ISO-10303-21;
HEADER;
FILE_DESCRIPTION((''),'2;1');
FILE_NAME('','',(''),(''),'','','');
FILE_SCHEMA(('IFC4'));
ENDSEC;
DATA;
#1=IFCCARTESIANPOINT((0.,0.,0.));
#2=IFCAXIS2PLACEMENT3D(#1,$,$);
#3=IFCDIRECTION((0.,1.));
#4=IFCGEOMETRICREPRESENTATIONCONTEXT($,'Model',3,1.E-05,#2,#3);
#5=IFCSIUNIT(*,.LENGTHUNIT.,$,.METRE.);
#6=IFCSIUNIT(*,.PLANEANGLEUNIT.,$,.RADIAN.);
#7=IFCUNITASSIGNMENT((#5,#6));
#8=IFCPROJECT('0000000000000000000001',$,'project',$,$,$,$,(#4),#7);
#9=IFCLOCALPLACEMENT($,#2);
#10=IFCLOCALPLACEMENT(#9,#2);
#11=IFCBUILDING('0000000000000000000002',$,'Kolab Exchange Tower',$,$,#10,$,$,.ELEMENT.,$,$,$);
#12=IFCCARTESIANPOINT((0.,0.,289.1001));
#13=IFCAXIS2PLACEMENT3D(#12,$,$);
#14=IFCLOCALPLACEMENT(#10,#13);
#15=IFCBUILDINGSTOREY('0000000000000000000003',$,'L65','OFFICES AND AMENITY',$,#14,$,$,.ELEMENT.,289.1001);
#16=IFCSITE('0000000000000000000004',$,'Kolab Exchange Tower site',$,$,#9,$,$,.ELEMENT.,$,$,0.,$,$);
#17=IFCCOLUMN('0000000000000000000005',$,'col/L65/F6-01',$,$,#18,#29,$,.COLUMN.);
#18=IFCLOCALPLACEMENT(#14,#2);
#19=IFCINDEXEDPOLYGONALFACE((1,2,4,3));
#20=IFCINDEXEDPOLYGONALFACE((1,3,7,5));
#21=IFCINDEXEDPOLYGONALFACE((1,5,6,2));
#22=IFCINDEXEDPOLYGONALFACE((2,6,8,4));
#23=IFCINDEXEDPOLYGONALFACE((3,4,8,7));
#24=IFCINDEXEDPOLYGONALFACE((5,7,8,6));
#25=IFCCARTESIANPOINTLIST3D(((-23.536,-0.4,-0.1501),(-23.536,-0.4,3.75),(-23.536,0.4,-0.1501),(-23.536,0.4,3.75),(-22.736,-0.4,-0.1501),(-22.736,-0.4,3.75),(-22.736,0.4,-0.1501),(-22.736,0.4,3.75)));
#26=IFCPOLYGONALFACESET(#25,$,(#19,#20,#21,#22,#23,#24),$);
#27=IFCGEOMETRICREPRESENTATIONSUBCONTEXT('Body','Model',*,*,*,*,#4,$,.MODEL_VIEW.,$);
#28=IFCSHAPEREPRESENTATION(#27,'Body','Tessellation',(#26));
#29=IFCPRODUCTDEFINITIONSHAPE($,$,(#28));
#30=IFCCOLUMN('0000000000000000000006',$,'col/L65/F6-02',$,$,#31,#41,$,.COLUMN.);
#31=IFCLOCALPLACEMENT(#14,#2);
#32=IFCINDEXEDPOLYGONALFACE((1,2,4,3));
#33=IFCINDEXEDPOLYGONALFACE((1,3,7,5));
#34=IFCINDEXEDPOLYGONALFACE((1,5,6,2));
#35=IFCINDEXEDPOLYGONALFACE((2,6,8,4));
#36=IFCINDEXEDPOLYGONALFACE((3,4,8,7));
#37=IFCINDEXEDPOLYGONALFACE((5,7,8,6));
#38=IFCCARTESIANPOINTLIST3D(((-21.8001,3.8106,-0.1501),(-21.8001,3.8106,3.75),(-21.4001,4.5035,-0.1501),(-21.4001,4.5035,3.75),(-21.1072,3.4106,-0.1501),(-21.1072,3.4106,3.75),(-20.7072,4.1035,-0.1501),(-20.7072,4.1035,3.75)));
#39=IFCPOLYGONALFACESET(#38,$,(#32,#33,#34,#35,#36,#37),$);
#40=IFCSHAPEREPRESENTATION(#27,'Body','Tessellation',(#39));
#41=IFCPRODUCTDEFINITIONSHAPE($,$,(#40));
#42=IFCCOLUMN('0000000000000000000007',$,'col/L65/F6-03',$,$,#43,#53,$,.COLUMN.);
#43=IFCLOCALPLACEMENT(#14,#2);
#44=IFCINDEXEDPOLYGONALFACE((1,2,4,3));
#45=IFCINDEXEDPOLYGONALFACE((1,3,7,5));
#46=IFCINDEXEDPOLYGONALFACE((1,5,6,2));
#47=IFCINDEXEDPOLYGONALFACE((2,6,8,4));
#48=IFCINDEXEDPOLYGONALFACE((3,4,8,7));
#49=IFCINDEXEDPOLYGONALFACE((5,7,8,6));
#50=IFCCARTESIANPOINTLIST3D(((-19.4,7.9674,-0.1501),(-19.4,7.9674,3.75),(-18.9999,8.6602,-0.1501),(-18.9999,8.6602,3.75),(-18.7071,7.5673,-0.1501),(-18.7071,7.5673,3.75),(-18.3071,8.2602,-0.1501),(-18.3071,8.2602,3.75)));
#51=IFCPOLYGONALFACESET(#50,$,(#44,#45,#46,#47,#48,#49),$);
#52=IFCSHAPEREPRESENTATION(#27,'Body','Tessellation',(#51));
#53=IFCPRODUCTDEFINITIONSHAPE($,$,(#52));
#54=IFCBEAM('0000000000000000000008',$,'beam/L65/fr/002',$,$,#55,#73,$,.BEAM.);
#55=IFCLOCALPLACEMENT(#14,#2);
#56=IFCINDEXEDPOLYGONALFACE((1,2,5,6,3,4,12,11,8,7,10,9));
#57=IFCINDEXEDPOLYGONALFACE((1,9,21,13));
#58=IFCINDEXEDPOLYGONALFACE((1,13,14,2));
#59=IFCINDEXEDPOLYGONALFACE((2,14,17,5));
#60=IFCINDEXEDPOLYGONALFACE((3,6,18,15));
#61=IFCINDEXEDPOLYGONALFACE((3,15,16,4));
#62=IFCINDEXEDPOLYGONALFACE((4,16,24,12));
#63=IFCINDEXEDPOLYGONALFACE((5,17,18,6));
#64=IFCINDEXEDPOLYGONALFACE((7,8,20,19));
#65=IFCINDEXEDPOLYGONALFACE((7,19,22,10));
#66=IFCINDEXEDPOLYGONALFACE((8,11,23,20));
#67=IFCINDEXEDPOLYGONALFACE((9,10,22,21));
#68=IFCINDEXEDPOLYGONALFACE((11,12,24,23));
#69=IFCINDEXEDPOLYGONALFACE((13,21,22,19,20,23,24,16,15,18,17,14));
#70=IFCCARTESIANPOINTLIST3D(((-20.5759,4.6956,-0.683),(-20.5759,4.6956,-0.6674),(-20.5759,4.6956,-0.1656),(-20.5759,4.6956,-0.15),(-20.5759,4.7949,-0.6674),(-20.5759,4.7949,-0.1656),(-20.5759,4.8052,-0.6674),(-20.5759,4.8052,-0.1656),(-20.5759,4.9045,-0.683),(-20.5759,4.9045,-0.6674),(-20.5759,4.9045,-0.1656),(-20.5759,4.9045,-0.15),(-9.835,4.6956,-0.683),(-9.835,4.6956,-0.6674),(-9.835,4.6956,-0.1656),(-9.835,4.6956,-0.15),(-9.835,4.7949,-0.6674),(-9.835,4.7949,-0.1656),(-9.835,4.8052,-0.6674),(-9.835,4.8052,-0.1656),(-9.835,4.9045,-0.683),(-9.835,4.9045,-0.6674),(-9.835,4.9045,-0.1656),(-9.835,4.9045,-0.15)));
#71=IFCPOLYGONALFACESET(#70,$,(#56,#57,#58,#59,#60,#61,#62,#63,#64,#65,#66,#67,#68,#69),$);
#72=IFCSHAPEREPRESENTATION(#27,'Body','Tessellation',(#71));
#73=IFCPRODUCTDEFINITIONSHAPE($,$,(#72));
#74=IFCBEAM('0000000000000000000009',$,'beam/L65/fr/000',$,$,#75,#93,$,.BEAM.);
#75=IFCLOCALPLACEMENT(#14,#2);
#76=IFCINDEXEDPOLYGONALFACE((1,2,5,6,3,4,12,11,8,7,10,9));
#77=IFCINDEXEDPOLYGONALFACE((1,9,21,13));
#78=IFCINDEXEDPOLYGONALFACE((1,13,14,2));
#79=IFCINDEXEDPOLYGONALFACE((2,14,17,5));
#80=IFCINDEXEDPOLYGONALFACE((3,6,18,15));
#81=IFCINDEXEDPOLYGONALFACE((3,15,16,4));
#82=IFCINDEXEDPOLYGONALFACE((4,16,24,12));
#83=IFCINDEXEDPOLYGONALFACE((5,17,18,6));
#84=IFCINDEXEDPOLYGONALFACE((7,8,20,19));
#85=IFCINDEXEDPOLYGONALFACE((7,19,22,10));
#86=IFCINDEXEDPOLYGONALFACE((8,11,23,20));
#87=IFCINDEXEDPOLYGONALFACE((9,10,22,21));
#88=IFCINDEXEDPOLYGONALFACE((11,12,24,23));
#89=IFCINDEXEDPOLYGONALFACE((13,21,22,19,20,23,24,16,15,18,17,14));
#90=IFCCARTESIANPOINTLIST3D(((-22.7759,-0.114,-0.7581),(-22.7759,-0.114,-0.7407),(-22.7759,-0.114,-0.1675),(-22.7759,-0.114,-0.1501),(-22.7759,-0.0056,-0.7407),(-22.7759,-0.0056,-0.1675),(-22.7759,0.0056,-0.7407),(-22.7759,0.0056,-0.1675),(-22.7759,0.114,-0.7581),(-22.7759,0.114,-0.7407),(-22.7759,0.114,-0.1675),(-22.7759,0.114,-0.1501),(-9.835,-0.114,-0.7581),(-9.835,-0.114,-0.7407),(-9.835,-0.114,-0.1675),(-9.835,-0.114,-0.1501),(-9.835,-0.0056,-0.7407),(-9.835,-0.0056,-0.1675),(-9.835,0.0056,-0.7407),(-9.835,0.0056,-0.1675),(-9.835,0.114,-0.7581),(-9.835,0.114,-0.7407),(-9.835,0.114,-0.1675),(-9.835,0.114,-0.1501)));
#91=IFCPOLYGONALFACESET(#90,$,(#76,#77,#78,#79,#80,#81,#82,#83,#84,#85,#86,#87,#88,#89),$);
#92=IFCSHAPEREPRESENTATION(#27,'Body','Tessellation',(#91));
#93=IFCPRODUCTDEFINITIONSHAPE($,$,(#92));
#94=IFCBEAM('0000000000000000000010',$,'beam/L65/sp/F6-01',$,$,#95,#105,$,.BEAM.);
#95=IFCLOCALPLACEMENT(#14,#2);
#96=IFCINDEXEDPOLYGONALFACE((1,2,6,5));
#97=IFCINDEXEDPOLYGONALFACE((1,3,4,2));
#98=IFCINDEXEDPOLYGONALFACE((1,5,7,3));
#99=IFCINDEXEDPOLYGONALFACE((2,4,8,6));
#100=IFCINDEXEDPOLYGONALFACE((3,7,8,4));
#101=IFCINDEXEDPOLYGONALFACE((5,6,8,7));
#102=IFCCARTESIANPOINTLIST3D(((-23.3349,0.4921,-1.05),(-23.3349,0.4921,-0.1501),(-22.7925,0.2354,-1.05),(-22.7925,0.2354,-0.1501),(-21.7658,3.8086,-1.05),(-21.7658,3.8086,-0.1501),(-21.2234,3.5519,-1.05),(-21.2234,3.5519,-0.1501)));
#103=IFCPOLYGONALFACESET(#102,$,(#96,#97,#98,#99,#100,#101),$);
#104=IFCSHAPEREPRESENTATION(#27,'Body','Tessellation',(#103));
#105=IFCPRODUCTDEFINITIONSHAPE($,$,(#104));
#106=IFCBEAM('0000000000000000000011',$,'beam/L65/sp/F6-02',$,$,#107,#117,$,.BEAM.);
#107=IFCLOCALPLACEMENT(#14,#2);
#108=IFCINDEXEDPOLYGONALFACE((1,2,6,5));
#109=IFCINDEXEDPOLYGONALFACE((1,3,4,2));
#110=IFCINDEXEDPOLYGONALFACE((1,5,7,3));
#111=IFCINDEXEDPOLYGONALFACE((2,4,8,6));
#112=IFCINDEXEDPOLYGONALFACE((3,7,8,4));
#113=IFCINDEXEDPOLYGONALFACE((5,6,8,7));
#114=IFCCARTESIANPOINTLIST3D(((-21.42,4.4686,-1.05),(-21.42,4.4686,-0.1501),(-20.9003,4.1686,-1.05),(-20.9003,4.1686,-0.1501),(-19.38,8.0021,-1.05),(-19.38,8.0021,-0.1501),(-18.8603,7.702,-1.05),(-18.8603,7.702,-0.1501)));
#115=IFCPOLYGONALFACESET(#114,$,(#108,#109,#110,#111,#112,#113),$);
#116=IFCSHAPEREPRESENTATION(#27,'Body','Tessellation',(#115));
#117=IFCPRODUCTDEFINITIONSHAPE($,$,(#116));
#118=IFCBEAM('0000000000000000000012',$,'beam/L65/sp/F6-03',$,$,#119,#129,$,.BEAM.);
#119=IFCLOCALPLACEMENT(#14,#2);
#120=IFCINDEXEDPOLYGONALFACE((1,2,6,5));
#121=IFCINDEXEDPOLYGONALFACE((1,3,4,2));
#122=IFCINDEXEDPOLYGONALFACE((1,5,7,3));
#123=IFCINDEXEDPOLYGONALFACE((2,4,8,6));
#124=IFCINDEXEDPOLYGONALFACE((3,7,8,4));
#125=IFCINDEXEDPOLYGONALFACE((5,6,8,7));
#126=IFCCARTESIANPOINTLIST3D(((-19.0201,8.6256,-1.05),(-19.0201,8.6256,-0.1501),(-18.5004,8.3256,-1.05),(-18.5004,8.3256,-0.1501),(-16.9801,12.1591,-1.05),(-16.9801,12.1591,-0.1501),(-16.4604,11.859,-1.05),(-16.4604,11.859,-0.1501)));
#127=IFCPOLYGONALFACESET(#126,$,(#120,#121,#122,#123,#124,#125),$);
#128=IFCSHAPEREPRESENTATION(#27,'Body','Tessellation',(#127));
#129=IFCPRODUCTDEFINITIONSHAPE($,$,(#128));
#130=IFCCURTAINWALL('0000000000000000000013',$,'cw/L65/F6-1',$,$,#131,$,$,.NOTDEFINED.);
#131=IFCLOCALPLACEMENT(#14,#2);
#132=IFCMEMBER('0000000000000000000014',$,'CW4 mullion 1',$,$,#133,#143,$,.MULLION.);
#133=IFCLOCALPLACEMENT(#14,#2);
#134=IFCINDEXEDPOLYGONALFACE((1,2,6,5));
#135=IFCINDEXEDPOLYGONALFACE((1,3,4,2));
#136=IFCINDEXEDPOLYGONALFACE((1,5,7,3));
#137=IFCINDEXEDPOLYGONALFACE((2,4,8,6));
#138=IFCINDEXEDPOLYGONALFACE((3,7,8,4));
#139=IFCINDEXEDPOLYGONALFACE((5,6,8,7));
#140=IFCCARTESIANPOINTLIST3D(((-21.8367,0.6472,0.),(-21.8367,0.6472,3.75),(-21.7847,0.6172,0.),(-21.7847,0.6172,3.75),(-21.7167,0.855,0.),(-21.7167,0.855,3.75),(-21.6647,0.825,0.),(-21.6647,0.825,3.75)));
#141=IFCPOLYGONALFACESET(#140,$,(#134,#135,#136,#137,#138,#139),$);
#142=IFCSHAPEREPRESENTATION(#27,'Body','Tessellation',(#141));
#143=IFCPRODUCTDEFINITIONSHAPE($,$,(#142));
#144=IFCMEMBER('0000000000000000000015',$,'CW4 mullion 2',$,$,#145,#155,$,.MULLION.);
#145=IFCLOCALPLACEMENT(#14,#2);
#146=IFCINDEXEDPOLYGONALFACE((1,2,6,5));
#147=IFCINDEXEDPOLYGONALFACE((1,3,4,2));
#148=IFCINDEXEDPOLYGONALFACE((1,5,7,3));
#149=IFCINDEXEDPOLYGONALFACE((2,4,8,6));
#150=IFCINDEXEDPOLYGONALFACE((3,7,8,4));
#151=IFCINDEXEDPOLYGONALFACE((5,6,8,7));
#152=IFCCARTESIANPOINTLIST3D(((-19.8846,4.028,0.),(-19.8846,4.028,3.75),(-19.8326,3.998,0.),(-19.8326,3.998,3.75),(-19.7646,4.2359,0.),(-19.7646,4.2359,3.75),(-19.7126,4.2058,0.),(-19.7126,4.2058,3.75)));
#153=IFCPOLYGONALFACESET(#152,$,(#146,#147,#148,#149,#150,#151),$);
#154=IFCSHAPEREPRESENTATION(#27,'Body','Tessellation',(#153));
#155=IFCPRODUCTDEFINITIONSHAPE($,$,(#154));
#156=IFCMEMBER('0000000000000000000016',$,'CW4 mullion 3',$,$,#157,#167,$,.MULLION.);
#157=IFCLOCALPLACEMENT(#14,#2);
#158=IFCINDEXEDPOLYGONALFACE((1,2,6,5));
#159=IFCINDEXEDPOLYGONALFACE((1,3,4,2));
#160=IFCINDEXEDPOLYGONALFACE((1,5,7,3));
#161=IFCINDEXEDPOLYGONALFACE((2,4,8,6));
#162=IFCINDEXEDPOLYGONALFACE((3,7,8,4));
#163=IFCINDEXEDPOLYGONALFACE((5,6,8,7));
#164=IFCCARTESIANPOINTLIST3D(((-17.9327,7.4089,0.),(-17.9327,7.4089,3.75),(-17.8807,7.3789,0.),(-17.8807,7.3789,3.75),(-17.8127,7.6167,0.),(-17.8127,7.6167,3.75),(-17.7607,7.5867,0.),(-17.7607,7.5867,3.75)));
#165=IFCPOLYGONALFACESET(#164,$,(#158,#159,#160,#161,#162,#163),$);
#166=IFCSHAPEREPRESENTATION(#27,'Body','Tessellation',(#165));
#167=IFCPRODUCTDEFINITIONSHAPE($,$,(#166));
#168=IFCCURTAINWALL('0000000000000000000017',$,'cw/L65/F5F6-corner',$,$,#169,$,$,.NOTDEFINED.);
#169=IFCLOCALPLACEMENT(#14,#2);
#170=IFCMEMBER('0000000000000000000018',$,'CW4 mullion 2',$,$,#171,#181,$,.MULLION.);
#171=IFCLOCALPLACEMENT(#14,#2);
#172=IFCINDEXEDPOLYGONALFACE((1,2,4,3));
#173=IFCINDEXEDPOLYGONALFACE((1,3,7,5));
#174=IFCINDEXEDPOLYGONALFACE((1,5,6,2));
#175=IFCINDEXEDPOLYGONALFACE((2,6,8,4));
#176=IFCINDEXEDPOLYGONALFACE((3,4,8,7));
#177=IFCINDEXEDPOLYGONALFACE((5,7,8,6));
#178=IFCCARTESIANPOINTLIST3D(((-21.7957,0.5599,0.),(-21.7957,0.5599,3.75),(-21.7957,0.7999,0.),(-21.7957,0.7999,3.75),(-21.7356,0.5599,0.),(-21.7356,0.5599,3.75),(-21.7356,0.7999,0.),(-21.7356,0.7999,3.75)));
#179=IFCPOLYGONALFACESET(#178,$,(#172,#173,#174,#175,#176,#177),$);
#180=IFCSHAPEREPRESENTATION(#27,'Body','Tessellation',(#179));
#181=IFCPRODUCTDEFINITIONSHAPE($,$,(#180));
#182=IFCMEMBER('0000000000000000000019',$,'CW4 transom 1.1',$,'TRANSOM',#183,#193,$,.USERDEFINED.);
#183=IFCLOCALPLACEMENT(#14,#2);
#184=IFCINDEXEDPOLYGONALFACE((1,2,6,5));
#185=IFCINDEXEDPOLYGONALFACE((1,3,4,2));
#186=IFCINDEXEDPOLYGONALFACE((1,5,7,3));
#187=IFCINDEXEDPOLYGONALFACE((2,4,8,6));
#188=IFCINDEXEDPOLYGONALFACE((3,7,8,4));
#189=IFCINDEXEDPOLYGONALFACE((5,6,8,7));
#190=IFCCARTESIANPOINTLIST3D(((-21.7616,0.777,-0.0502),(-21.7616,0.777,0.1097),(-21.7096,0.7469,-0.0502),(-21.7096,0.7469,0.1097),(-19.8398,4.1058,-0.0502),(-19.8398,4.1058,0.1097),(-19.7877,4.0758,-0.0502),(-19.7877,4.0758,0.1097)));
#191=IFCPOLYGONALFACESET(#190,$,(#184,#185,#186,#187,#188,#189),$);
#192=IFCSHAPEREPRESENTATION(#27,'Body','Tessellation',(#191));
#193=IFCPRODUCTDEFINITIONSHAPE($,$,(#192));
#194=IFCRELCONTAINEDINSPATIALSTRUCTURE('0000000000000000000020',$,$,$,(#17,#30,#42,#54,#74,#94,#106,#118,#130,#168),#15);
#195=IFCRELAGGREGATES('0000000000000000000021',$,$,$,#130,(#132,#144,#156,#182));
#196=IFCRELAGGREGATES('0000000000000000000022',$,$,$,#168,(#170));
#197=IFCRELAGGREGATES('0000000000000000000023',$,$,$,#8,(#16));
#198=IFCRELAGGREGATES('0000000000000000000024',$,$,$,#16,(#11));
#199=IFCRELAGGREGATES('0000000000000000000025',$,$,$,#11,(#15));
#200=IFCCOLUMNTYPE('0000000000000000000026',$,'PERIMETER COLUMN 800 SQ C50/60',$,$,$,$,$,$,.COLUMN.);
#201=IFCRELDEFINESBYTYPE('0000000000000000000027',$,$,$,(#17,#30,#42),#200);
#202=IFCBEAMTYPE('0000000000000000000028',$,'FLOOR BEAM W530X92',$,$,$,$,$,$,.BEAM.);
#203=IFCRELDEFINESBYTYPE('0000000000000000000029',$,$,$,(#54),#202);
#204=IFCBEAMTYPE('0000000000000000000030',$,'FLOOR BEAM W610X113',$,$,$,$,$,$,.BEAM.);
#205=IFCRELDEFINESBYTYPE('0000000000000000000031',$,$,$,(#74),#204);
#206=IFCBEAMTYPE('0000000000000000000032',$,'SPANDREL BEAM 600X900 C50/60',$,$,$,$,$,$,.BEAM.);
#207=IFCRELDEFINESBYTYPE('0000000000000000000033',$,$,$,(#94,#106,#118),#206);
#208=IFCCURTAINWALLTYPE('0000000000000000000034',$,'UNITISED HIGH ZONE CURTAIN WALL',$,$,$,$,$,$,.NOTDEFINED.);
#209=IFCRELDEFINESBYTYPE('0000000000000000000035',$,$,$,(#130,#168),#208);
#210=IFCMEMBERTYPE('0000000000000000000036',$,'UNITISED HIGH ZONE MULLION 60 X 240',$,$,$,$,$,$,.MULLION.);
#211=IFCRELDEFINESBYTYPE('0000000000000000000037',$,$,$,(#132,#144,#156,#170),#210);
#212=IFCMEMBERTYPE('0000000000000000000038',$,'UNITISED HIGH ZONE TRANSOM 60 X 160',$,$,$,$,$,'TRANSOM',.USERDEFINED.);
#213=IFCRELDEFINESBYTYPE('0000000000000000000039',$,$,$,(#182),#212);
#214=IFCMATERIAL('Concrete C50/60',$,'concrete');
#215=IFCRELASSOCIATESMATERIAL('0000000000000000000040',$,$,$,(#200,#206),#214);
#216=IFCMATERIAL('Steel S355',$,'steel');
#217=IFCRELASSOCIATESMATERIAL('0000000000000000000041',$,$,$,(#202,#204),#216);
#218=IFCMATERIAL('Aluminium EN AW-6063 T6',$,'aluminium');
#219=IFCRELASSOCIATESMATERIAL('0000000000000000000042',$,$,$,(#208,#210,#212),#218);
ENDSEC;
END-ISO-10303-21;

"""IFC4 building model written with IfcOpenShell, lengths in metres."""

from ifc_helpers import new_model, si_unit, direction, frame, origin, origin_2d, place, context, subcontext, project, spatial, rectangle, i_section, extrude, material, material_profile, profile_set, type_object, element, aggregate, save


model = new_model("IFC4")

# Units and contexts
model_context = context("Model", 3, precision=1e-05, world=origin(), true_north=direction((0.0, 1.0)))
body_context = subcontext(model_context, "Body", "Model", "MODEL_VIEW")
ifc_project = project(units=[si_unit("LENGTHUNIT", "METRE"), si_unit("PLANEANGLEUNIT", "RADIAN")], contexts=[model_context])

# Site, building, storey
site_placement = place(None, origin())
site = spatial("IfcSite", under=ifc_project, at=site_placement, Name="Kolab Exchange Tower site", CompositionType="ELEMENT", RefElevation=0.0)
building_placement = place(site_placement, origin())
building = spatial("IfcBuilding", under=site, at=building_placement, Name="Kolab Exchange Tower", CompositionType="ELEMENT")
storey_placement = place(building_placement, frame((0.0, 0.0, 289.1001)))
storey = spatial("IfcBuildingStorey", under=building, at=storey_placement, Name="L65", Description="OFFICES AND AMENITY", CompositionType="ELEMENT", Elevation=289.1001)

# Columns
ifc_material_1 = material(Name="Concrete C50/60", Category="concrete")
ifc_material_profile_1 = material_profile(ifc_material_1, rectangle(XDim=0.8, YDim=0.8, at=origin_2d()), Name="RC800")
ifc_profile_set_1 = profile_set([ifc_material_profile_1], Name="Concrete C50/60")
column_type = type_object("IfcColumnType", Name="PERIMETER COLUMN 800 SQ C50/60", PredefinedType="COLUMN", material=ifc_profile_set_1)
for number, where, z_axis, x_axis, name in (
    (1, (-23.136, 0.0, -0.1501), (0.0, 0.0, 1.0), (1.0, 0.0, 0.0), "col/L65/F6-01"),
    (2, (-21.2537, 3.957, -0.1501), (0.0, 0.0, 1.0), (0.5, 0.866025, 0.0), "col/L65/F6-02"),
    (3, (-18.8535, 8.1138, -0.1501), (0.0, 0.0, 1.0), (0.5, 0.866025, 0.0), "col/L65/F6-03"),
):
    element("IfcColumn", number, at=place(storey_placement, frame(where, z_axis=z_axis, x_axis=x_axis)), inside=storey, type_object=column_type, Name=name, PredefinedType="COLUMN", context=body_context, shape_type="SweptSolid", body=[
        extrude(rectangle(XDim=0.8, YDim=0.8, at=origin_2d()), origin(), (0.0, 0.0, 1.0), 3.9001),
    ])

# Beams
ifc_material_2 = material(Name="Steel S355", Category="steel")
ifc_material_profile_2 = material_profile(ifc_material_2, i_section(OverallWidth=0.209, OverallDepth=0.533, WebThickness=0.0103, FlangeThickness=0.0156, at=origin_2d()), Name="W530X92")
ifc_profile_set_2 = profile_set([ifc_material_profile_2], Name="Steel S355")
beam_type_1 = type_object("IfcBeamType", Name="FLOOR BEAM W530X92", PredefinedType="BEAM", material=ifc_profile_set_2)
beam_1_placement = place(storey_placement, frame((-20.5759, 4.8, -0.4165), z_axis=(1.0, 0.0, 0.0), x_axis=(0.0, 1.0, 0.0)))
element("IfcBeam", 4, at=beam_1_placement, inside=storey, type_object=beam_type_1, Name="beam/L65/fr/002", PredefinedType="BEAM", context=body_context, shape_type="SweptSolid", body=[
    extrude(i_section(OverallWidth=0.209, OverallDepth=0.533, WebThickness=0.0103, FlangeThickness=0.0156, at=origin_2d()), origin(), (0.0, 0.0, 1.0), 10.741),
])
ifc_material_profile_3 = material_profile(ifc_material_2, i_section(OverallWidth=0.228, OverallDepth=0.6079, WebThickness=0.0112, FlangeThickness=0.0173, at=origin_2d()), Name="W610X113")
ifc_profile_set_3 = profile_set([ifc_material_profile_3], Name="Steel S355")
beam_type_2 = type_object("IfcBeamType", Name="FLOOR BEAM W610X113", PredefinedType="BEAM", material=ifc_profile_set_3)
beam_2_placement = place(storey_placement, frame((-22.7759, 0.0, -0.4541), z_axis=(1.0, 0.0, 0.0), x_axis=(0.0, 1.0, 0.0)))
element("IfcBeam", 5, at=beam_2_placement, inside=storey, type_object=beam_type_2, Name="beam/L65/fr/000", PredefinedType="BEAM", context=body_context, shape_type="SweptSolid", body=[
    extrude(i_section(OverallWidth=0.228, OverallDepth=0.6079, WebThickness=0.0112, FlangeThickness=0.0173, at=origin_2d()), origin(), (0.0, 0.0, 1.0), 12.9409),
])
ifc_material_profile_4 = material_profile(ifc_material_1, rectangle(XDim=0.6001, YDim=0.8999, at=origin_2d()), Name="RC600X900")
ifc_profile_set_4 = profile_set([ifc_material_profile_4], Name="Concrete C50/60")
beam_type_3 = type_object("IfcBeamType", Name="SPANDREL BEAM 600X900 C50/60", PredefinedType="BEAM", material=ifc_profile_set_4)
beam_3_placement = place(storey_placement, frame((-23.0637, 0.3638, -0.6001), z_axis=(0.427677, 0.903932, 0.0), x_axis=(-0.903932, 0.427677, 0.0)))
element("IfcBeam", 6, at=beam_3_placement, inside=storey, type_object=beam_type_3, Name="beam/L65/sp/F6-01", PredefinedType="BEAM", context=body_context, shape_type="SweptSolid", body=[
    extrude(rectangle(XDim=0.6001, YDim=0.8999, at=origin_2d()), origin(), (0.0, 0.0, 1.0), 3.6689),
])
for number, where, z_axis, x_axis, name in (
    (7, (-21.1602, 4.3186, -0.6001), (0.5, 0.866025, 0.0), (-0.866025, 0.5, 0.0), "beam/L65/sp/F6-02"),
    (8, (-18.7603, 8.4756, -0.6001), (0.5, 0.866025, 0.0), (-0.866025, 0.5, 0.0), "beam/L65/sp/F6-03"),
):
    element("IfcBeam", number, at=place(storey_placement, frame(where, z_axis=z_axis, x_axis=x_axis)), inside=storey, type_object=beam_type_3, Name=name, PredefinedType="BEAM", context=body_context, shape_type="SweptSolid", body=[
        extrude(rectangle(XDim=0.6001, YDim=0.8999, at=origin_2d()), origin(), (0.0, 0.0, 1.0), 4.0801),
    ])

# Curtain wall, members
ifc_material_3 = material(Name="Aluminium EN AW-6063 T6", Category="aluminium")
curtain_wall_type = type_object("IfcCurtainWallType", Name="UNITISED HIGH ZONE CURTAIN WALL", PredefinedType="NOTDEFINED", material=ifc_material_3)
curtain_wall_1_placement = place(storey_placement, origin())
curtain_wall_1 = element("IfcCurtainWall", 9, at=curtain_wall_1_placement, inside=storey, type_object=curtain_wall_type, Name="cw/L65/F6-1", PredefinedType="NOTDEFINED")
ifc_material_profile_5 = material_profile(ifc_material_3, rectangle(XDim=0.0601, YDim=0.24, at=origin_2d()), Name="RECT 60X240")
ifc_profile_set_5 = profile_set([ifc_material_profile_5], Name="Aluminium EN AW-6063 T6")
member_type_1 = type_object("IfcMemberType", Name="UNITISED HIGH ZONE MULLION 60 X 240", PredefinedType="MULLION", material=ifc_profile_set_5)
member_1_placement = place(storey_placement, frame((-21.7507, 0.7361, 0.0), z_axis=(0.0, 0.0, 1.0), x_axis=(-0.866025, 0.5, 0.0)))
member_1 = element("IfcMember", 10, at=member_1_placement, type_object=member_type_1, Name="CW4 mullion 1", PredefinedType="MULLION", context=body_context, shape_type="SweptSolid", body=[
    extrude(rectangle(XDim=0.0601, YDim=0.24, at=origin_2d()), origin(), (0.0, 0.0, 1.0), 3.75),
])
member_2_placement = place(storey_placement, frame((-19.7986, 4.1169, 0.0), z_axis=(0.0, 0.0, 1.0), x_axis=(-0.866025, 0.5, 0.0)))
member_2 = element("IfcMember", 11, at=member_2_placement, type_object=member_type_1, Name="CW4 mullion 2", PredefinedType="MULLION", context=body_context, shape_type="SweptSolid", body=[
    extrude(rectangle(XDim=0.0601, YDim=0.24, at=origin_2d()), origin(), (0.0, 0.0, 1.0), 3.75),
])
member_3_placement = place(storey_placement, frame((-17.8467, 7.4978, 0.0), z_axis=(0.0, 0.0, 1.0), x_axis=(-0.866025, 0.5, 0.0)))
member_3 = element("IfcMember", 12, at=member_3_placement, type_object=member_type_1, Name="CW4 mullion 3", PredefinedType="MULLION", context=body_context, shape_type="SweptSolid", body=[
    extrude(rectangle(XDim=0.0601, YDim=0.24, at=origin_2d()), origin(), (0.0, 0.0, 1.0), 3.75),
])

# Curtain wall, member
curtain_wall_2_placement = place(storey_placement, origin())
curtain_wall_2 = element("IfcCurtainWall", 13, at=curtain_wall_2_placement, inside=storey, type_object=curtain_wall_type, Name="cw/L65/F5F6-corner", PredefinedType="NOTDEFINED")
member_4_placement = place(storey_placement, frame((-21.7656, 0.6799, 0.0), z_axis=(0.0, 0.0, 1.0), x_axis=(-1.0, 0.0, 0.0)))
member_4 = element("IfcMember", 14, at=member_4_placement, type_object=member_type_1, Name="CW4 mullion 2", PredefinedType="MULLION", context=body_context, shape_type="SweptSolid", body=[
    extrude(rectangle(XDim=0.0601, YDim=0.24, at=origin_2d()), origin(), (0.0, 0.0, 1.0), 3.75),
])

# Member
ifc_material_profile_6 = material_profile(ifc_material_3, rectangle(XDim=0.0601, YDim=0.1599, at=origin_2d()), Name="RECT 60X160")
ifc_profile_set_6 = profile_set([ifc_material_profile_6], Name="Aluminium EN AW-6063 T6")
member_type_2 = type_object("IfcMemberType", Name="UNITISED HIGH ZONE TRANSOM 60 X 160", ElementType="TRANSOM", PredefinedType="USERDEFINED", material=ifc_profile_set_6)
member_5_placement = place(storey_placement, frame((-21.7356, 0.762, 0.0298), z_axis=(0.499992, 0.86603, 0.0), x_axis=(-0.86603, 0.499992, 0.0)))
member_5 = element("IfcMember", 15, at=member_5_placement, type_object=member_type_2, Name="CW4 transom 1.1", ObjectType="TRANSOM", PredefinedType="USERDEFINED", context=body_context, shape_type="SweptSolid", body=[
    extrude(rectangle(XDim=0.0601, YDim=0.1599, at=origin_2d()), origin(), (0.0, 0.0, 1.0), 3.8438),
])

aggregate(curtain_wall_1, [member_1, member_2, member_3, member_5])
aggregate(curtain_wall_2, [member_4])

save(model, "model.ifc")
